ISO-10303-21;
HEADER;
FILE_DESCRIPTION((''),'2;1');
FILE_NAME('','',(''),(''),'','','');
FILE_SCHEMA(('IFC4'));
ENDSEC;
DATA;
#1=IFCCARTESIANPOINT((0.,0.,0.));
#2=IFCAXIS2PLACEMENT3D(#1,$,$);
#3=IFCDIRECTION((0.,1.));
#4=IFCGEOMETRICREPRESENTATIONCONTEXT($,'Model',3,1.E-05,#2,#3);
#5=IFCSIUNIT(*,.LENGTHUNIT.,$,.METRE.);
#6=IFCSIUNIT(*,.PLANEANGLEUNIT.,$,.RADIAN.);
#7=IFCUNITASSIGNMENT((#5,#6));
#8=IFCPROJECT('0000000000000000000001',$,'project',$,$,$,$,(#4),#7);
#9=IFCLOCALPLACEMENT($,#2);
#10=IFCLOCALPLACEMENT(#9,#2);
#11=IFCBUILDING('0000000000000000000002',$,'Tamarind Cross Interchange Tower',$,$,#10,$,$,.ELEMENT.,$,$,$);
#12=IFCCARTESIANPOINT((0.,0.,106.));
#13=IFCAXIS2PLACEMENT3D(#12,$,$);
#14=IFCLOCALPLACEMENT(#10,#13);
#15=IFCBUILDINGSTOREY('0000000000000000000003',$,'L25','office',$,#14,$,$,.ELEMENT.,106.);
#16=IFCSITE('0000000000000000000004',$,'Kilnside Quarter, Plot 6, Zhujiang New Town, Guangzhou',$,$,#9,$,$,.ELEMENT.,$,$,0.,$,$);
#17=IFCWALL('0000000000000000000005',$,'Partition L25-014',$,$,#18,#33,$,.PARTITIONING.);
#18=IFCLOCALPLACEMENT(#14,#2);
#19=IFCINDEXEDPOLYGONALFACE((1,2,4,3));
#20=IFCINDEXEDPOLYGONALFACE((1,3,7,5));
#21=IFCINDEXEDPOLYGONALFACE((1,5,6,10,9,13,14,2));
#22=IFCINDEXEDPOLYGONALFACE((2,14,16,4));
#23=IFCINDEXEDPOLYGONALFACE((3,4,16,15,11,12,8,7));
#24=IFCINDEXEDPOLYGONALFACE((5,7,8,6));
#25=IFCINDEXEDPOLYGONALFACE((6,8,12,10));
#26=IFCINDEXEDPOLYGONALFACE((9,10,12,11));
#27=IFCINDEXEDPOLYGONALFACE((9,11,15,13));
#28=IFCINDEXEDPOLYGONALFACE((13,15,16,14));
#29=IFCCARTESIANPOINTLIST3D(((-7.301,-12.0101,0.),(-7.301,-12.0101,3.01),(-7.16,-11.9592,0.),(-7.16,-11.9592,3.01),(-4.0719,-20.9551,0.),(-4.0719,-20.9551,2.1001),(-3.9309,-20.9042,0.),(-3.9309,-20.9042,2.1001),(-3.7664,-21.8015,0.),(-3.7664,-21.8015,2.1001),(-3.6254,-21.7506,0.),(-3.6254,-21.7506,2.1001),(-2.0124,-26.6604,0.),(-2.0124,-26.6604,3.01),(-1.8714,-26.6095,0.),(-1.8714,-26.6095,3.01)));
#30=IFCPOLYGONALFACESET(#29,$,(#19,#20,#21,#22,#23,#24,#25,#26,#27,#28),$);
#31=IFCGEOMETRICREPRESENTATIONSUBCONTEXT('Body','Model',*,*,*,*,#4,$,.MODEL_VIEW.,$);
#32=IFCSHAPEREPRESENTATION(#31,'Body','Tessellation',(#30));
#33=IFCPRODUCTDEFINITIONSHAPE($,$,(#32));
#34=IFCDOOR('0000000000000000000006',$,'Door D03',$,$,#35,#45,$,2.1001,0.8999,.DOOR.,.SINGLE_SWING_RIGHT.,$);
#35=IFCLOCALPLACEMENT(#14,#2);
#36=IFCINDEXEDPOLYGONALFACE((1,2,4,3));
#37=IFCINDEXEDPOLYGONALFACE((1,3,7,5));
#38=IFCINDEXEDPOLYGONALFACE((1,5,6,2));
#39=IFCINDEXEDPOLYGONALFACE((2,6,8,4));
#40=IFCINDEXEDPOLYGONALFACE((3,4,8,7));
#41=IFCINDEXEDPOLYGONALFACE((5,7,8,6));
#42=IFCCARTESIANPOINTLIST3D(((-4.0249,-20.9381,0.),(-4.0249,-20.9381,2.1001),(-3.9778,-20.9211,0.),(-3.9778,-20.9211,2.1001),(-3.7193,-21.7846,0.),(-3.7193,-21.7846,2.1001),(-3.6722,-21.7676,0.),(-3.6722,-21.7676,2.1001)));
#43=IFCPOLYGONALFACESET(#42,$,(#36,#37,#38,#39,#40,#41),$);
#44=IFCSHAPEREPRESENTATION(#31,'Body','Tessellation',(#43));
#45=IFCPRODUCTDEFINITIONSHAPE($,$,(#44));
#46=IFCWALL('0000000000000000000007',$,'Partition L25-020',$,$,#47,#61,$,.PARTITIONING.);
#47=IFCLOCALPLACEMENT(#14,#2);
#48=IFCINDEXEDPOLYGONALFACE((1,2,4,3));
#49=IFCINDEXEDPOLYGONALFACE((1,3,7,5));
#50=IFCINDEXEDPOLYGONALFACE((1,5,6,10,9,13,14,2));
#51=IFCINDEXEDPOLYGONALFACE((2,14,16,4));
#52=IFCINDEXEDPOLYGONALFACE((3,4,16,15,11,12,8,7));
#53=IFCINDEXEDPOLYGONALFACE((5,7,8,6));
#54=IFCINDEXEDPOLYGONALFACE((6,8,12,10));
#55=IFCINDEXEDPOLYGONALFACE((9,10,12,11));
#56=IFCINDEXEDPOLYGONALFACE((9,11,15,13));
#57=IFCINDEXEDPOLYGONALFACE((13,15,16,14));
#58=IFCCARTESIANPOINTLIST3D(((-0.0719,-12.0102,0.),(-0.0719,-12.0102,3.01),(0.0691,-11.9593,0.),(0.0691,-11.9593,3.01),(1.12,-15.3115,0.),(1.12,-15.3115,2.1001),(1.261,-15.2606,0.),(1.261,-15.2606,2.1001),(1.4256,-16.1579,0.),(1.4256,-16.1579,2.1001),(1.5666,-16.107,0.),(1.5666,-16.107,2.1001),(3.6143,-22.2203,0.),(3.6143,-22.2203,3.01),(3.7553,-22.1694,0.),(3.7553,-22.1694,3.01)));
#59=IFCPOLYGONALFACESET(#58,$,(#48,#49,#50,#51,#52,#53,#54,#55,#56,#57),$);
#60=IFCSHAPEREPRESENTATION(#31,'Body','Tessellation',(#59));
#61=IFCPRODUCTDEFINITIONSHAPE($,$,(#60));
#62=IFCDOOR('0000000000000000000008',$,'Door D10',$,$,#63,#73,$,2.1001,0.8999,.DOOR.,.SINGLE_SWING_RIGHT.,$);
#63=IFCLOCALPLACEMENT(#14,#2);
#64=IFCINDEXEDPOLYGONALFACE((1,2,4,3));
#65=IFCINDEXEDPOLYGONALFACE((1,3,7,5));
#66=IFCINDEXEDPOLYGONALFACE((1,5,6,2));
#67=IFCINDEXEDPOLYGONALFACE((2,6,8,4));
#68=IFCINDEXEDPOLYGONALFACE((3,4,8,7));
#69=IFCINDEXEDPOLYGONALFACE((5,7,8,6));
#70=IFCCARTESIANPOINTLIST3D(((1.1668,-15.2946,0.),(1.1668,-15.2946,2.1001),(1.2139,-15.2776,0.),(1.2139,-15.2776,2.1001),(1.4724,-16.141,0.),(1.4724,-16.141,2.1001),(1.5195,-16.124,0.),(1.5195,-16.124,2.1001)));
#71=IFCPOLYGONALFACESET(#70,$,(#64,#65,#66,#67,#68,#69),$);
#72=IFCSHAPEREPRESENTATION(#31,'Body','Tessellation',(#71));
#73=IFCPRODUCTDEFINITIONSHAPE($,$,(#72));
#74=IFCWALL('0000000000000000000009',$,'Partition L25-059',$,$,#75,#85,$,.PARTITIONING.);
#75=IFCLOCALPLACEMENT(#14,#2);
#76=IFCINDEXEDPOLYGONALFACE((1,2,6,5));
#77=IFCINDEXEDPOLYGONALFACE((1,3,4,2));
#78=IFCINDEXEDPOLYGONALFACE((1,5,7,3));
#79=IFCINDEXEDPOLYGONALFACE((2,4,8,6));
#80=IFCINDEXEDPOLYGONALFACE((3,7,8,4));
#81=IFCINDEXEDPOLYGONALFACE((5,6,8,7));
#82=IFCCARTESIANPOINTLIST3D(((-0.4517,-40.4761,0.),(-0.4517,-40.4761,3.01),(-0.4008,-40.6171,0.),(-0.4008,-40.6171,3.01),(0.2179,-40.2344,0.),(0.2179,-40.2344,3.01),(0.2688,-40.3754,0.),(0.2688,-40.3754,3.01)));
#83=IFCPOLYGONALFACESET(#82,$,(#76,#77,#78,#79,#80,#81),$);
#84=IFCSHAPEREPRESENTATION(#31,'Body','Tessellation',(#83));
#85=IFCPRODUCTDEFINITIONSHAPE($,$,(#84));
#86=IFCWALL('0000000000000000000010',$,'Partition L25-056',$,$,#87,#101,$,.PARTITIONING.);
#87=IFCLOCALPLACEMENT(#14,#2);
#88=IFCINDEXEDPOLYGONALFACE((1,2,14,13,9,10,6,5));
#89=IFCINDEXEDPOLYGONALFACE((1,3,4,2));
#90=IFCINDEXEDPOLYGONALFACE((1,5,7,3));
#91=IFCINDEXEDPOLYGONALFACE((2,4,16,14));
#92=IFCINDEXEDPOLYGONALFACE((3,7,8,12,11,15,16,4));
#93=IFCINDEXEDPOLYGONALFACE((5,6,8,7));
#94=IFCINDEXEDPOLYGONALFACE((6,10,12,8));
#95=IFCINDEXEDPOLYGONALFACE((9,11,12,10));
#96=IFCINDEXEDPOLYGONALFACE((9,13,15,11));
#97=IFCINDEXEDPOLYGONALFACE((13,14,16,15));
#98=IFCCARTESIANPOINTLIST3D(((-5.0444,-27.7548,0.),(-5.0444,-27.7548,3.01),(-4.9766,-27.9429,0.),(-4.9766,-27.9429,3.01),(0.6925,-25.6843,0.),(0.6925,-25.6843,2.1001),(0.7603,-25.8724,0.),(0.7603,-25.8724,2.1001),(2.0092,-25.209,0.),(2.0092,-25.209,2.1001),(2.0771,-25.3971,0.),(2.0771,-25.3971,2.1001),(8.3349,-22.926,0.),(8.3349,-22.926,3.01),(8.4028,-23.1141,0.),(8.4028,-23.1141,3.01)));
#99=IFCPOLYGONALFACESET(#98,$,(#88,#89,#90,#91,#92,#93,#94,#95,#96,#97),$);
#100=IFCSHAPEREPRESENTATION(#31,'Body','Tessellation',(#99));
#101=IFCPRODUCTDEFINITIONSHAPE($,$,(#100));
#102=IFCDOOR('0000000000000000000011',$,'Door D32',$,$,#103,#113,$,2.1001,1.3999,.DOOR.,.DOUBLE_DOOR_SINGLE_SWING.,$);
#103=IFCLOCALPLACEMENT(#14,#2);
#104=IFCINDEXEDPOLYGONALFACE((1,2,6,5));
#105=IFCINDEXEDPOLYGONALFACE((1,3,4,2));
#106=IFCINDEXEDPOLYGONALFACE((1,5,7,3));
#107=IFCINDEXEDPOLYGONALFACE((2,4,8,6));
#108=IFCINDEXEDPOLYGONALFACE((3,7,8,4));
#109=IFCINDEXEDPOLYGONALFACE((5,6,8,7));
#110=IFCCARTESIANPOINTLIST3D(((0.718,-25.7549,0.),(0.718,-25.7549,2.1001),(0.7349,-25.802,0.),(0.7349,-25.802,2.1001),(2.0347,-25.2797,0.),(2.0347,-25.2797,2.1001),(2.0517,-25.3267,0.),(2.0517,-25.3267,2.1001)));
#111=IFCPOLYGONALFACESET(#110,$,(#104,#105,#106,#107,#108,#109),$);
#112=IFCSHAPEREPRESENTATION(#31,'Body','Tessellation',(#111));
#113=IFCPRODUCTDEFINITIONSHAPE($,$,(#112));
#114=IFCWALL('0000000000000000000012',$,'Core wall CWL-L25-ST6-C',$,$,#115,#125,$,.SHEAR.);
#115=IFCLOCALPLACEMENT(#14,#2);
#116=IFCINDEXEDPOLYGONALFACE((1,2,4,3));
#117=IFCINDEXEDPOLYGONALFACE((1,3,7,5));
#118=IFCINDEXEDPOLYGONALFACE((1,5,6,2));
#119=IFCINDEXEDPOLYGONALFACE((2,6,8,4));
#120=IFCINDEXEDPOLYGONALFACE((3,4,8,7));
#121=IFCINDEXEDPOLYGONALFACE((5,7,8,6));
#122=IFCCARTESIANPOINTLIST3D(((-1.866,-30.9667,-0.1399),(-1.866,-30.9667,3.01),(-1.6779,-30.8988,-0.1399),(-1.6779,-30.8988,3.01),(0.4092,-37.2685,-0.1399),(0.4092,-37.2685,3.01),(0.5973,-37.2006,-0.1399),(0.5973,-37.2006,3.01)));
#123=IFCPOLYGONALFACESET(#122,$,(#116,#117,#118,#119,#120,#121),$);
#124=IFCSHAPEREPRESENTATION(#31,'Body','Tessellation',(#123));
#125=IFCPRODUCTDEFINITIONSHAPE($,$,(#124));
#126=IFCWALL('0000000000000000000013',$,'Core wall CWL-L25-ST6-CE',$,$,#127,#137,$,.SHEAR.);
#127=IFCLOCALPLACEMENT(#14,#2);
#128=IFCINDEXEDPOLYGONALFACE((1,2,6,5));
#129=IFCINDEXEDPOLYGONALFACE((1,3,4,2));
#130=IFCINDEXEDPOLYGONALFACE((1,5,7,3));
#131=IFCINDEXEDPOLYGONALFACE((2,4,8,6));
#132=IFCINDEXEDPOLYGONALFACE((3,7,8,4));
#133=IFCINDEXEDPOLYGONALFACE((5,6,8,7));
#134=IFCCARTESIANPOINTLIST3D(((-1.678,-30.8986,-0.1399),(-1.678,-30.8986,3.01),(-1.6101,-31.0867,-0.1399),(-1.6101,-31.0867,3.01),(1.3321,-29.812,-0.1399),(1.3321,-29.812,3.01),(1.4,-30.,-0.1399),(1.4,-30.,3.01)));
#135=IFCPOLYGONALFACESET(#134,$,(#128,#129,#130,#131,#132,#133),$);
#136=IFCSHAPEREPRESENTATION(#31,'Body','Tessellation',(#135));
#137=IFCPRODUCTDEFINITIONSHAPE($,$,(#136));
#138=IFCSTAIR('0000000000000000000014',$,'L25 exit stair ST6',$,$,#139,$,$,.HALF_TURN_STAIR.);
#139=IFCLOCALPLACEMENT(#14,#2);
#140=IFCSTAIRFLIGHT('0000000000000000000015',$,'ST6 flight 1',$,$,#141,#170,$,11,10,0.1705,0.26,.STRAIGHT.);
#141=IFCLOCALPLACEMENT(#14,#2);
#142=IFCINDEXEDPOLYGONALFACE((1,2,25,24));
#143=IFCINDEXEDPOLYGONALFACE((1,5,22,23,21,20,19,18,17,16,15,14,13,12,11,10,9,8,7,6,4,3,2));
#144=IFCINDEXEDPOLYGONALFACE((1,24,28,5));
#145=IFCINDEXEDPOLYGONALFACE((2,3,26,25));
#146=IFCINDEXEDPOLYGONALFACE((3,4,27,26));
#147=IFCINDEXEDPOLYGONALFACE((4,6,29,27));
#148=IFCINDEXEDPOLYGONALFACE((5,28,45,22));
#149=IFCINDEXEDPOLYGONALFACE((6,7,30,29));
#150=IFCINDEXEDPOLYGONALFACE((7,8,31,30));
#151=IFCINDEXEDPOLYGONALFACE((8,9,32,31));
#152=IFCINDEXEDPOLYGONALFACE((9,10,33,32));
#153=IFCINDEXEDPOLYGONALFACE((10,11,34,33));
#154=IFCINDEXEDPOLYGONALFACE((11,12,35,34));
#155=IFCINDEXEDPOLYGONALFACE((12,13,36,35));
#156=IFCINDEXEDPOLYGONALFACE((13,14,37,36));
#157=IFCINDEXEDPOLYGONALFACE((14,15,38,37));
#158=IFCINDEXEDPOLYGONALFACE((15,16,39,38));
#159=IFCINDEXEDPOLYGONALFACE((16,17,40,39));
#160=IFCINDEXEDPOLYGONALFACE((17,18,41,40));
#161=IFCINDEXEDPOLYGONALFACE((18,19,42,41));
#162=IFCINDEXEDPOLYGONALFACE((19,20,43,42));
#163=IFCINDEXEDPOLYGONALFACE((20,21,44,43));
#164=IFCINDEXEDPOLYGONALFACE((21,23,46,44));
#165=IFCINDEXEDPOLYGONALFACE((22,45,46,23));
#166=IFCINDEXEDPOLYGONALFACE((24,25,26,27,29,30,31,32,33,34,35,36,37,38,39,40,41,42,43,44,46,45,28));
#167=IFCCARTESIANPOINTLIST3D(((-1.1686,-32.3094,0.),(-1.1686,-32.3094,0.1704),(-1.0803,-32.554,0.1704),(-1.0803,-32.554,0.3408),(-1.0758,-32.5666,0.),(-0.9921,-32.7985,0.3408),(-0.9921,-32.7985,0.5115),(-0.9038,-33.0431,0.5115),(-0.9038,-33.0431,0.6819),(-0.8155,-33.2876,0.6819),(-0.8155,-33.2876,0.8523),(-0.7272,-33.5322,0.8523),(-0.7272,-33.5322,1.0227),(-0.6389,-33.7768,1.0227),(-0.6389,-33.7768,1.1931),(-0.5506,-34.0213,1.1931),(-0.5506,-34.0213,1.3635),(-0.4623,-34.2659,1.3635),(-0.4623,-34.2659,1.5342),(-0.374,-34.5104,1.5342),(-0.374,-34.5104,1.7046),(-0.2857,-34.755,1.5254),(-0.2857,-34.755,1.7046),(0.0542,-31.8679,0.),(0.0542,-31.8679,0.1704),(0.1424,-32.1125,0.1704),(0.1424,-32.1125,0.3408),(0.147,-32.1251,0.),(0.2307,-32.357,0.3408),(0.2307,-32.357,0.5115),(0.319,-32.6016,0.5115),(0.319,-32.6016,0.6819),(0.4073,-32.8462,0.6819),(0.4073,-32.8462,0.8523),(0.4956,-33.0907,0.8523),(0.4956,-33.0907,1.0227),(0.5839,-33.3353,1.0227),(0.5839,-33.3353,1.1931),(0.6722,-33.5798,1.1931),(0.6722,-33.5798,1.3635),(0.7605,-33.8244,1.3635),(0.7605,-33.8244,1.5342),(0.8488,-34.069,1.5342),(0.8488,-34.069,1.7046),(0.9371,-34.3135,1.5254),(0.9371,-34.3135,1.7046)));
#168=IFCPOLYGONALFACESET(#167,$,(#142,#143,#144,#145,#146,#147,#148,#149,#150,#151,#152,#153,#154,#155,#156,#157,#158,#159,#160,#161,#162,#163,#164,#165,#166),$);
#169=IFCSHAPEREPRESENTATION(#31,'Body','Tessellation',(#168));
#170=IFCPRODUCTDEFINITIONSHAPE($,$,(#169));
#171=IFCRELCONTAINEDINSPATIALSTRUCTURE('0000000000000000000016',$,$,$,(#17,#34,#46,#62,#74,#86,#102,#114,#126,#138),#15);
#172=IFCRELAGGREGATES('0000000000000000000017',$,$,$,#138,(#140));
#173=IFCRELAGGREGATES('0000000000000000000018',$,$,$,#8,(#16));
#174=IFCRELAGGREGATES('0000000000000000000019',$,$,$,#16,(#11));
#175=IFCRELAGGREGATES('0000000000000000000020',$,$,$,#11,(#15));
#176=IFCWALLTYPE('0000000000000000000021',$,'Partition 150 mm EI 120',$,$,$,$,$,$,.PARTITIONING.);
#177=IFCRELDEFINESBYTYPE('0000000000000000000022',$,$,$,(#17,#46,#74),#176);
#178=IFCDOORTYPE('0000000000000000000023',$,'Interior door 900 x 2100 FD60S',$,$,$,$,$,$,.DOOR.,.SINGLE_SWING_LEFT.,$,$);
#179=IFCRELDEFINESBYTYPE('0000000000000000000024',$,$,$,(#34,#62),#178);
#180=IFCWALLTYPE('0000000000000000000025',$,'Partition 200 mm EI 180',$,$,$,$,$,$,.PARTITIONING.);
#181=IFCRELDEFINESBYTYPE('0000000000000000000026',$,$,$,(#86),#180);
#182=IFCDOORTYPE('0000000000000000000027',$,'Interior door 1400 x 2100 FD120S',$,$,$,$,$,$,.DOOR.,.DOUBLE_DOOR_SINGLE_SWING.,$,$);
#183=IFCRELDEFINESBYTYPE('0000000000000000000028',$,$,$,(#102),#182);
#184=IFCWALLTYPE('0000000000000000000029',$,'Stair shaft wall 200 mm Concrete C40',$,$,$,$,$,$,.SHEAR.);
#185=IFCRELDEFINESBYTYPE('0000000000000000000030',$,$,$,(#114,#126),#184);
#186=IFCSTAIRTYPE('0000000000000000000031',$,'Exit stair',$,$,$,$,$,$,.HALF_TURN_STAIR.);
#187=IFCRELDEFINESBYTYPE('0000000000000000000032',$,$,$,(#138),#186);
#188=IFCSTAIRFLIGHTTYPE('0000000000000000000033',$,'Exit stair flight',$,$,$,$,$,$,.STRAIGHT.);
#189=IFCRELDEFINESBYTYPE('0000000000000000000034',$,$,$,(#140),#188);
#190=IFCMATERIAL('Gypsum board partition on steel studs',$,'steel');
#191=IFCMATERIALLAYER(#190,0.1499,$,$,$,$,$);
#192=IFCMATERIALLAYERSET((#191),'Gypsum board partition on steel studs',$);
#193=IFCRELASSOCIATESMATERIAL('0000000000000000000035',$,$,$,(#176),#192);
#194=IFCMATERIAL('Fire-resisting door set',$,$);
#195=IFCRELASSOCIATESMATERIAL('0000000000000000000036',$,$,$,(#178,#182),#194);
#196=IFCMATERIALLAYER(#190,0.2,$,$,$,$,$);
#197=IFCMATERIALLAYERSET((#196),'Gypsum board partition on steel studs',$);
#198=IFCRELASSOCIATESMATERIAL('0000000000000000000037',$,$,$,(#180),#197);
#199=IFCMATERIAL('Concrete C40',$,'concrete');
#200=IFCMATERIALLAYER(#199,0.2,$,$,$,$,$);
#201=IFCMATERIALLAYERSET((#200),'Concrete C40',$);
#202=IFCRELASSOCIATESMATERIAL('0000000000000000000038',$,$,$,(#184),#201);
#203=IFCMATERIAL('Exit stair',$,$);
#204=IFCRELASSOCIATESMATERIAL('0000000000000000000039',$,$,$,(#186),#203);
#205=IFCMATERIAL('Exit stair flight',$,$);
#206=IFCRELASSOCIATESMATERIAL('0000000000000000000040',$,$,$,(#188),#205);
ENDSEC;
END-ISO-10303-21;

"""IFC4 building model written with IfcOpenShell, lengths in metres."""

from ifc_helpers import new_model, si_unit, direction, frame, frame_2d, origin, place, context, subcontext, project, spatial, polyline, rectangle, outline, extrude, material, layer, layer_set, type_object, element, fill, aggregate, save


model = new_model("IFC4")

# Units and contexts
model_context = context("Model", 3, precision=1e-05, world=origin(), true_north=direction((0.0, 1.0)))
body_context = subcontext(model_context, "Body", "Model", "MODEL_VIEW")
ifc_project = project(units=[si_unit("LENGTHUNIT", "METRE"), si_unit("PLANEANGLEUNIT", "RADIAN")], contexts=[model_context])

# Site, building, storey
site_placement = place(None, origin())
site = spatial("IfcSite", under=ifc_project, at=site_placement, Name="Kilnside Quarter, Plot 6, Zhujiang New Town, Guangzhou", CompositionType="ELEMENT", RefElevation=0.0)
building_placement = place(site_placement, origin())
building = spatial("IfcBuilding", under=site, at=building_placement, Name="Tamarind Cross Interchange Tower", CompositionType="ELEMENT")
storey_placement = place(building_placement, frame((0.0, 0.0, 106.0)))
storey = spatial("IfcBuildingStorey", under=building, at=storey_placement, Name="L25", Description="office", CompositionType="ELEMENT", Elevation=106.0)

# Shared definitions
ifc_material_1 = material(Name="Gypsum board partition on steel studs", Category="steel")
ifc_layer_1 = layer(ifc_material_1, 0.1499)
ifc_layer_set_1 = layer_set([ifc_layer_1], Name="Gypsum board partition on steel studs")
wall_type_1 = type_object("IfcWallType", Name="Partition 150 mm EI 120", PredefinedType="PARTITIONING", material=ifc_layer_set_1)

# Walls, openings, doors
wall_1_placement = place(storey_placement, frame((-7.2305, -11.9846, 0.0), z_axis=(0.0, 0.0, 1.0), x_axis=(0.33954, -0.940592, 0.0)))
wall_1 = element("IfcWall", 1, at=wall_1_placement, inside=storey, type_object=wall_type_1, Name="Partition L25-014", PredefinedType="PARTITIONING", context=body_context, shape_type="SweptSolid", body=[
    extrude(rectangle(XDim=15.5757, YDim=0.1499, at=frame_2d((7.7878, 0.0))), origin(), (0.0, 0.0, 1.0), 3.01),
])
opening_1_placement = place(wall_1_placement, frame((9.51, 0.0, 0.0)))
opening_1 = element("IfcOpeningElement", 2, at=opening_1_placement, cuts=wall_1, PredefinedType="OPENING", context=body_context, shape_type="SweptSolid", body=[
    extrude(rectangle(XDim=0.8999, YDim=2.1001, at=frame_2d((0.45, 1.05))), frame((0.0, 0.085, 0.0), z_axis=(0.0, -1.0, 0.0), x_axis=(1.0, 0.0, 0.0)), (0.0, 0.0, 1.0), 0.1699),
])
ifc_material_2 = material(Name="Fire-resisting door set")
door_type_1 = type_object("IfcDoorType", Name="Interior door 900 x 2100 FD60S", OperationType="SINGLE_SWING_LEFT", PredefinedType="DOOR", material=ifc_material_2)
door_1_placement = place(opening_1_placement, frame((0.8999, 0.0, 0.0), z_axis=(0.0, 0.0, 1.0), x_axis=(-1.0, 0.0, 0.0)))
door_1 = element("IfcDoor", 3, at=door_1_placement, inside=storey, type_object=door_type_1, Name="Door D03", OperationType="SINGLE_SWING_RIGHT", OverallHeight=2.1001, OverallWidth=0.8999, PredefinedType="DOOR", context=body_context, shape_type="SweptSolid", body=[
    extrude(rectangle(XDim=0.8999, YDim=2.1001, at=frame_2d((0.45, 1.05))), frame((0.0, 0.0249, 0.0), z_axis=(0.0, -1.0, 0.0), x_axis=(1.0, 0.0, 0.0)), (0.0, 0.0, 1.0), 0.05),
])
fill(opening_1, door_1)
wall_2_placement = place(storey_placement, frame((-0.0015, -11.9846, 0.0), z_axis=(0.0, 0.0, 1.0), x_axis=(0.339584, -0.940576, 0.0)))
wall_2 = element("IfcWall", 4, at=wall_2_placement, inside=storey, type_object=wall_type_1, Name="Partition L25-020", PredefinedType="PARTITIONING", context=body_context, shape_type="SweptSolid", body=[
    extrude(rectangle(XDim=10.8552, YDim=0.1499, at=frame_2d((5.4277, 0.0))), origin(), (0.0, 0.0, 1.0), 3.01),
])
opening_2_placement = place(wall_2_placement, frame((3.51, 0.0, 0.0)))
opening_2 = element("IfcOpeningElement", 5, at=opening_2_placement, cuts=wall_2, PredefinedType="OPENING", context=body_context, shape_type="SweptSolid", body=[
    extrude(rectangle(XDim=0.8999, YDim=2.1001, at=frame_2d((0.45, 1.05))), frame((0.0, 0.085, 0.0), z_axis=(0.0, -1.0, 0.0), x_axis=(1.0, 0.0, 0.0)), (0.0, 0.0, 1.0), 0.1699),
])
door_2_placement = place(opening_2_placement, origin())
door_2 = element("IfcDoor", 6, at=door_2_placement, inside=storey, type_object=door_type_1, Name="Door D10", OperationType="SINGLE_SWING_RIGHT", OverallHeight=2.1001, OverallWidth=0.8999, PredefinedType="DOOR", context=body_context, shape_type="SweptSolid", body=[
    extrude(rectangle(XDim=0.8999, YDim=2.1001, at=frame_2d((0.45, 1.05))), frame((0.0, 0.0249, 0.0), z_axis=(0.0, -1.0, 0.0), x_axis=(1.0, 0.0, 0.0)), (0.0, 0.0, 1.0), 0.05),
])
fill(opening_2, door_2)

# Wall
wall_3_placement = place(storey_placement, frame((-0.4263, -40.5466, 0.0), z_axis=(0.0, 0.0, 1.0), x_axis=(0.940612, 0.339484, 0.0)))
element("IfcWall", 7, at=wall_3_placement, inside=storey, type_object=wall_type_1, Name="Partition L25-059", PredefinedType="PARTITIONING", context=body_context, shape_type="SweptSolid", body=[
    extrude(rectangle(XDim=0.7119, YDim=0.1499, at=frame_2d((0.356, 0.0))), origin(), (0.0, 0.0, 1.0), 3.01),
])

# Wall, opening, door
ifc_layer_2 = layer(ifc_material_1, 0.2)
ifc_layer_set_2 = layer_set([ifc_layer_2], Name="Gypsum board partition on steel studs")
wall_type_2 = type_object("IfcWallType", Name="Partition 200 mm EI 180", PredefinedType="PARTITIONING", material=ifc_layer_set_2)
wall_4_placement = place(storey_placement, frame((-5.0105, -27.8489, 0.0), z_axis=(0.0, 0.0, 1.0), x_axis=(0.940612, 0.339483, 0.0)))
wall_4 = element("IfcWall", 8, at=wall_4_placement, inside=storey, type_object=wall_type_2, Name="Partition L25-056", PredefinedType="PARTITIONING", context=body_context, shape_type="SweptSolid", body=[
    extrude(rectangle(XDim=14.2241, YDim=0.2, at=frame_2d((7.1121, 0.0))), origin(), (0.0, 0.0, 1.0), 3.01),
])
opening_3_placement = place(wall_4_placement, frame((6.0991, 0.0, 0.0)))
opening_3 = element("IfcOpeningElement", 9, at=opening_3_placement, cuts=wall_4, PredefinedType="OPENING", context=body_context, shape_type="SweptSolid", body=[
    extrude(rectangle(XDim=1.3999, YDim=2.1001, at=frame_2d((0.7, 1.05))), frame((0.0, 0.1099, 0.0), z_axis=(0.0, -1.0, 0.0), x_axis=(1.0, 0.0, 0.0)), (0.0, 0.0, 1.0), 0.22),
])
door_type_2 = type_object("IfcDoorType", Name="Interior door 1400 x 2100 FD120S", OperationType="DOUBLE_DOOR_SINGLE_SWING", PredefinedType="DOOR", material=ifc_material_2)
door_3_placement = place(opening_3_placement, origin())
door_3 = element("IfcDoor", 10, at=door_3_placement, inside=storey, type_object=door_type_2, Name="Door D32", OperationType="DOUBLE_DOOR_SINGLE_SWING", OverallHeight=2.1001, OverallWidth=1.3999, PredefinedType="DOOR", context=body_context, shape_type="SweptSolid", body=[
    extrude(rectangle(XDim=1.3999, YDim=2.1001, at=frame_2d((0.7, 1.05))), frame((0.0, 0.0249, 0.0), z_axis=(0.0, -1.0, 0.0), x_axis=(1.0, 0.0, 0.0)), (0.0, 0.0, 1.0), 0.05),
])
fill(opening_3, door_3)

# Walls
ifc_material_3 = material(Name="Concrete C40", Category="concrete")
ifc_layer_3 = layer(ifc_material_3, 0.2)
ifc_layer_set_3 = layer_set([ifc_layer_3], Name="Concrete C40")
wall_type_3 = type_object("IfcWallType", Name="Stair shaft wall 200 mm Concrete C40", PredefinedType="SHEAR", material=ifc_layer_set_3)
wall_5_placement = place(storey_placement, frame((-1.772, -30.9326, -0.1399), z_axis=(0.0, 0.0, 1.0), x_axis=(0.33958, -0.940577, 0.0)))
element("IfcWall", 11, at=wall_5_placement, inside=storey, type_object=wall_type_3, Name="Core wall CWL-L25-ST6-C", PredefinedType="SHEAR", context=body_context, shape_type="SweptSolid", body=[
    extrude(rectangle(XDim=6.7, YDim=0.2, at=frame_2d((3.3501, 0.0))), origin(), (0.0, 0.0, 1.0), 3.1499),
])
wall_6_placement = place(storey_placement, frame((-1.644, -30.9927, -0.1399), z_axis=(0.0, 0.0, 1.0), x_axis=(0.940582, 0.339568, 0.0)))
element("IfcWall", 12, at=wall_6_placement, inside=storey, type_object=wall_type_3, Name="Core wall CWL-L25-ST6-CE", PredefinedType="SHEAR", context=body_context, shape_type="SweptSolid", body=[
    extrude(rectangle(XDim=3.2002, YDim=0.2, at=frame_2d((1.6001, 0.0))), origin(), (0.0, 0.0, 1.0), 3.1499),
])

# Stair, stair flight
ifc_material_4 = material(Name="Exit stair")
stair_type = type_object("IfcStairType", Name="Exit stair", PredefinedType="HALF_TURN_STAIR", material=ifc_material_4)
stair_placement = place(storey_placement, origin())
stair = element("IfcStair", 13, at=stair_placement, inside=storey, type_object=stair_type, Name="L25 exit stair ST6", PredefinedType="HALF_TURN_STAIR")
ifc_material_5 = material(Name="Exit stair flight")
stair_flight_type = type_object("IfcStairFlightType", Name="Exit stair flight", PredefinedType="STRAIGHT", material=ifc_material_5)
stair_flight_placement = place(storey_placement, frame((-0.5571, -32.0886, 0.0), z_axis=(0.0, 0.0, 1.0), x_axis=(0.339579, -0.940578, 0.0)))
stair_flight = element("IfcStairFlight", 14, at=stair_flight_placement, type_object=stair_flight_type, Name="ST6 flight 1", NumberOfRisers=11, NumberOfTreads=10, PredefinedType="STRAIGHT", RiserHeight=0.1705, TreadLength=0.26, context=body_context, shape_type="SweptSolid", body=[
    extrude(outline(polyline([(0.0, 0.0), (0.0, 0.1704), (0.26, 0.1704), (0.26, 0.3408), (0.52, 0.3408), (0.52, 0.5115), (0.78, 0.5115), (0.78, 0.6819), (1.04, 0.6819), (1.04, 0.8523), (1.3, 0.8523), (1.3, 1.0227), (1.5601, 1.0227), (1.5601, 1.1931), (1.8201, 1.1931), (1.8201, 1.3635), (2.0801, 1.3635), (2.0801, 1.5342), (2.3401, 1.5342), (2.3401, 1.7046), (2.6001, 1.7046), (2.6001, 1.875), (2.6001, 1.5254), (0.2734, 0.0), (0.0, 0.0)])), frame((0.0, 0.6499, 0.0), z_axis=(0.0, -1.0, 0.0), x_axis=(1.0, 0.0, 0.0)), (0.0, 0.0, 1.0), 1.3),
])
aggregate(stair, [stair_flight])

save(model, "model.ifc")
